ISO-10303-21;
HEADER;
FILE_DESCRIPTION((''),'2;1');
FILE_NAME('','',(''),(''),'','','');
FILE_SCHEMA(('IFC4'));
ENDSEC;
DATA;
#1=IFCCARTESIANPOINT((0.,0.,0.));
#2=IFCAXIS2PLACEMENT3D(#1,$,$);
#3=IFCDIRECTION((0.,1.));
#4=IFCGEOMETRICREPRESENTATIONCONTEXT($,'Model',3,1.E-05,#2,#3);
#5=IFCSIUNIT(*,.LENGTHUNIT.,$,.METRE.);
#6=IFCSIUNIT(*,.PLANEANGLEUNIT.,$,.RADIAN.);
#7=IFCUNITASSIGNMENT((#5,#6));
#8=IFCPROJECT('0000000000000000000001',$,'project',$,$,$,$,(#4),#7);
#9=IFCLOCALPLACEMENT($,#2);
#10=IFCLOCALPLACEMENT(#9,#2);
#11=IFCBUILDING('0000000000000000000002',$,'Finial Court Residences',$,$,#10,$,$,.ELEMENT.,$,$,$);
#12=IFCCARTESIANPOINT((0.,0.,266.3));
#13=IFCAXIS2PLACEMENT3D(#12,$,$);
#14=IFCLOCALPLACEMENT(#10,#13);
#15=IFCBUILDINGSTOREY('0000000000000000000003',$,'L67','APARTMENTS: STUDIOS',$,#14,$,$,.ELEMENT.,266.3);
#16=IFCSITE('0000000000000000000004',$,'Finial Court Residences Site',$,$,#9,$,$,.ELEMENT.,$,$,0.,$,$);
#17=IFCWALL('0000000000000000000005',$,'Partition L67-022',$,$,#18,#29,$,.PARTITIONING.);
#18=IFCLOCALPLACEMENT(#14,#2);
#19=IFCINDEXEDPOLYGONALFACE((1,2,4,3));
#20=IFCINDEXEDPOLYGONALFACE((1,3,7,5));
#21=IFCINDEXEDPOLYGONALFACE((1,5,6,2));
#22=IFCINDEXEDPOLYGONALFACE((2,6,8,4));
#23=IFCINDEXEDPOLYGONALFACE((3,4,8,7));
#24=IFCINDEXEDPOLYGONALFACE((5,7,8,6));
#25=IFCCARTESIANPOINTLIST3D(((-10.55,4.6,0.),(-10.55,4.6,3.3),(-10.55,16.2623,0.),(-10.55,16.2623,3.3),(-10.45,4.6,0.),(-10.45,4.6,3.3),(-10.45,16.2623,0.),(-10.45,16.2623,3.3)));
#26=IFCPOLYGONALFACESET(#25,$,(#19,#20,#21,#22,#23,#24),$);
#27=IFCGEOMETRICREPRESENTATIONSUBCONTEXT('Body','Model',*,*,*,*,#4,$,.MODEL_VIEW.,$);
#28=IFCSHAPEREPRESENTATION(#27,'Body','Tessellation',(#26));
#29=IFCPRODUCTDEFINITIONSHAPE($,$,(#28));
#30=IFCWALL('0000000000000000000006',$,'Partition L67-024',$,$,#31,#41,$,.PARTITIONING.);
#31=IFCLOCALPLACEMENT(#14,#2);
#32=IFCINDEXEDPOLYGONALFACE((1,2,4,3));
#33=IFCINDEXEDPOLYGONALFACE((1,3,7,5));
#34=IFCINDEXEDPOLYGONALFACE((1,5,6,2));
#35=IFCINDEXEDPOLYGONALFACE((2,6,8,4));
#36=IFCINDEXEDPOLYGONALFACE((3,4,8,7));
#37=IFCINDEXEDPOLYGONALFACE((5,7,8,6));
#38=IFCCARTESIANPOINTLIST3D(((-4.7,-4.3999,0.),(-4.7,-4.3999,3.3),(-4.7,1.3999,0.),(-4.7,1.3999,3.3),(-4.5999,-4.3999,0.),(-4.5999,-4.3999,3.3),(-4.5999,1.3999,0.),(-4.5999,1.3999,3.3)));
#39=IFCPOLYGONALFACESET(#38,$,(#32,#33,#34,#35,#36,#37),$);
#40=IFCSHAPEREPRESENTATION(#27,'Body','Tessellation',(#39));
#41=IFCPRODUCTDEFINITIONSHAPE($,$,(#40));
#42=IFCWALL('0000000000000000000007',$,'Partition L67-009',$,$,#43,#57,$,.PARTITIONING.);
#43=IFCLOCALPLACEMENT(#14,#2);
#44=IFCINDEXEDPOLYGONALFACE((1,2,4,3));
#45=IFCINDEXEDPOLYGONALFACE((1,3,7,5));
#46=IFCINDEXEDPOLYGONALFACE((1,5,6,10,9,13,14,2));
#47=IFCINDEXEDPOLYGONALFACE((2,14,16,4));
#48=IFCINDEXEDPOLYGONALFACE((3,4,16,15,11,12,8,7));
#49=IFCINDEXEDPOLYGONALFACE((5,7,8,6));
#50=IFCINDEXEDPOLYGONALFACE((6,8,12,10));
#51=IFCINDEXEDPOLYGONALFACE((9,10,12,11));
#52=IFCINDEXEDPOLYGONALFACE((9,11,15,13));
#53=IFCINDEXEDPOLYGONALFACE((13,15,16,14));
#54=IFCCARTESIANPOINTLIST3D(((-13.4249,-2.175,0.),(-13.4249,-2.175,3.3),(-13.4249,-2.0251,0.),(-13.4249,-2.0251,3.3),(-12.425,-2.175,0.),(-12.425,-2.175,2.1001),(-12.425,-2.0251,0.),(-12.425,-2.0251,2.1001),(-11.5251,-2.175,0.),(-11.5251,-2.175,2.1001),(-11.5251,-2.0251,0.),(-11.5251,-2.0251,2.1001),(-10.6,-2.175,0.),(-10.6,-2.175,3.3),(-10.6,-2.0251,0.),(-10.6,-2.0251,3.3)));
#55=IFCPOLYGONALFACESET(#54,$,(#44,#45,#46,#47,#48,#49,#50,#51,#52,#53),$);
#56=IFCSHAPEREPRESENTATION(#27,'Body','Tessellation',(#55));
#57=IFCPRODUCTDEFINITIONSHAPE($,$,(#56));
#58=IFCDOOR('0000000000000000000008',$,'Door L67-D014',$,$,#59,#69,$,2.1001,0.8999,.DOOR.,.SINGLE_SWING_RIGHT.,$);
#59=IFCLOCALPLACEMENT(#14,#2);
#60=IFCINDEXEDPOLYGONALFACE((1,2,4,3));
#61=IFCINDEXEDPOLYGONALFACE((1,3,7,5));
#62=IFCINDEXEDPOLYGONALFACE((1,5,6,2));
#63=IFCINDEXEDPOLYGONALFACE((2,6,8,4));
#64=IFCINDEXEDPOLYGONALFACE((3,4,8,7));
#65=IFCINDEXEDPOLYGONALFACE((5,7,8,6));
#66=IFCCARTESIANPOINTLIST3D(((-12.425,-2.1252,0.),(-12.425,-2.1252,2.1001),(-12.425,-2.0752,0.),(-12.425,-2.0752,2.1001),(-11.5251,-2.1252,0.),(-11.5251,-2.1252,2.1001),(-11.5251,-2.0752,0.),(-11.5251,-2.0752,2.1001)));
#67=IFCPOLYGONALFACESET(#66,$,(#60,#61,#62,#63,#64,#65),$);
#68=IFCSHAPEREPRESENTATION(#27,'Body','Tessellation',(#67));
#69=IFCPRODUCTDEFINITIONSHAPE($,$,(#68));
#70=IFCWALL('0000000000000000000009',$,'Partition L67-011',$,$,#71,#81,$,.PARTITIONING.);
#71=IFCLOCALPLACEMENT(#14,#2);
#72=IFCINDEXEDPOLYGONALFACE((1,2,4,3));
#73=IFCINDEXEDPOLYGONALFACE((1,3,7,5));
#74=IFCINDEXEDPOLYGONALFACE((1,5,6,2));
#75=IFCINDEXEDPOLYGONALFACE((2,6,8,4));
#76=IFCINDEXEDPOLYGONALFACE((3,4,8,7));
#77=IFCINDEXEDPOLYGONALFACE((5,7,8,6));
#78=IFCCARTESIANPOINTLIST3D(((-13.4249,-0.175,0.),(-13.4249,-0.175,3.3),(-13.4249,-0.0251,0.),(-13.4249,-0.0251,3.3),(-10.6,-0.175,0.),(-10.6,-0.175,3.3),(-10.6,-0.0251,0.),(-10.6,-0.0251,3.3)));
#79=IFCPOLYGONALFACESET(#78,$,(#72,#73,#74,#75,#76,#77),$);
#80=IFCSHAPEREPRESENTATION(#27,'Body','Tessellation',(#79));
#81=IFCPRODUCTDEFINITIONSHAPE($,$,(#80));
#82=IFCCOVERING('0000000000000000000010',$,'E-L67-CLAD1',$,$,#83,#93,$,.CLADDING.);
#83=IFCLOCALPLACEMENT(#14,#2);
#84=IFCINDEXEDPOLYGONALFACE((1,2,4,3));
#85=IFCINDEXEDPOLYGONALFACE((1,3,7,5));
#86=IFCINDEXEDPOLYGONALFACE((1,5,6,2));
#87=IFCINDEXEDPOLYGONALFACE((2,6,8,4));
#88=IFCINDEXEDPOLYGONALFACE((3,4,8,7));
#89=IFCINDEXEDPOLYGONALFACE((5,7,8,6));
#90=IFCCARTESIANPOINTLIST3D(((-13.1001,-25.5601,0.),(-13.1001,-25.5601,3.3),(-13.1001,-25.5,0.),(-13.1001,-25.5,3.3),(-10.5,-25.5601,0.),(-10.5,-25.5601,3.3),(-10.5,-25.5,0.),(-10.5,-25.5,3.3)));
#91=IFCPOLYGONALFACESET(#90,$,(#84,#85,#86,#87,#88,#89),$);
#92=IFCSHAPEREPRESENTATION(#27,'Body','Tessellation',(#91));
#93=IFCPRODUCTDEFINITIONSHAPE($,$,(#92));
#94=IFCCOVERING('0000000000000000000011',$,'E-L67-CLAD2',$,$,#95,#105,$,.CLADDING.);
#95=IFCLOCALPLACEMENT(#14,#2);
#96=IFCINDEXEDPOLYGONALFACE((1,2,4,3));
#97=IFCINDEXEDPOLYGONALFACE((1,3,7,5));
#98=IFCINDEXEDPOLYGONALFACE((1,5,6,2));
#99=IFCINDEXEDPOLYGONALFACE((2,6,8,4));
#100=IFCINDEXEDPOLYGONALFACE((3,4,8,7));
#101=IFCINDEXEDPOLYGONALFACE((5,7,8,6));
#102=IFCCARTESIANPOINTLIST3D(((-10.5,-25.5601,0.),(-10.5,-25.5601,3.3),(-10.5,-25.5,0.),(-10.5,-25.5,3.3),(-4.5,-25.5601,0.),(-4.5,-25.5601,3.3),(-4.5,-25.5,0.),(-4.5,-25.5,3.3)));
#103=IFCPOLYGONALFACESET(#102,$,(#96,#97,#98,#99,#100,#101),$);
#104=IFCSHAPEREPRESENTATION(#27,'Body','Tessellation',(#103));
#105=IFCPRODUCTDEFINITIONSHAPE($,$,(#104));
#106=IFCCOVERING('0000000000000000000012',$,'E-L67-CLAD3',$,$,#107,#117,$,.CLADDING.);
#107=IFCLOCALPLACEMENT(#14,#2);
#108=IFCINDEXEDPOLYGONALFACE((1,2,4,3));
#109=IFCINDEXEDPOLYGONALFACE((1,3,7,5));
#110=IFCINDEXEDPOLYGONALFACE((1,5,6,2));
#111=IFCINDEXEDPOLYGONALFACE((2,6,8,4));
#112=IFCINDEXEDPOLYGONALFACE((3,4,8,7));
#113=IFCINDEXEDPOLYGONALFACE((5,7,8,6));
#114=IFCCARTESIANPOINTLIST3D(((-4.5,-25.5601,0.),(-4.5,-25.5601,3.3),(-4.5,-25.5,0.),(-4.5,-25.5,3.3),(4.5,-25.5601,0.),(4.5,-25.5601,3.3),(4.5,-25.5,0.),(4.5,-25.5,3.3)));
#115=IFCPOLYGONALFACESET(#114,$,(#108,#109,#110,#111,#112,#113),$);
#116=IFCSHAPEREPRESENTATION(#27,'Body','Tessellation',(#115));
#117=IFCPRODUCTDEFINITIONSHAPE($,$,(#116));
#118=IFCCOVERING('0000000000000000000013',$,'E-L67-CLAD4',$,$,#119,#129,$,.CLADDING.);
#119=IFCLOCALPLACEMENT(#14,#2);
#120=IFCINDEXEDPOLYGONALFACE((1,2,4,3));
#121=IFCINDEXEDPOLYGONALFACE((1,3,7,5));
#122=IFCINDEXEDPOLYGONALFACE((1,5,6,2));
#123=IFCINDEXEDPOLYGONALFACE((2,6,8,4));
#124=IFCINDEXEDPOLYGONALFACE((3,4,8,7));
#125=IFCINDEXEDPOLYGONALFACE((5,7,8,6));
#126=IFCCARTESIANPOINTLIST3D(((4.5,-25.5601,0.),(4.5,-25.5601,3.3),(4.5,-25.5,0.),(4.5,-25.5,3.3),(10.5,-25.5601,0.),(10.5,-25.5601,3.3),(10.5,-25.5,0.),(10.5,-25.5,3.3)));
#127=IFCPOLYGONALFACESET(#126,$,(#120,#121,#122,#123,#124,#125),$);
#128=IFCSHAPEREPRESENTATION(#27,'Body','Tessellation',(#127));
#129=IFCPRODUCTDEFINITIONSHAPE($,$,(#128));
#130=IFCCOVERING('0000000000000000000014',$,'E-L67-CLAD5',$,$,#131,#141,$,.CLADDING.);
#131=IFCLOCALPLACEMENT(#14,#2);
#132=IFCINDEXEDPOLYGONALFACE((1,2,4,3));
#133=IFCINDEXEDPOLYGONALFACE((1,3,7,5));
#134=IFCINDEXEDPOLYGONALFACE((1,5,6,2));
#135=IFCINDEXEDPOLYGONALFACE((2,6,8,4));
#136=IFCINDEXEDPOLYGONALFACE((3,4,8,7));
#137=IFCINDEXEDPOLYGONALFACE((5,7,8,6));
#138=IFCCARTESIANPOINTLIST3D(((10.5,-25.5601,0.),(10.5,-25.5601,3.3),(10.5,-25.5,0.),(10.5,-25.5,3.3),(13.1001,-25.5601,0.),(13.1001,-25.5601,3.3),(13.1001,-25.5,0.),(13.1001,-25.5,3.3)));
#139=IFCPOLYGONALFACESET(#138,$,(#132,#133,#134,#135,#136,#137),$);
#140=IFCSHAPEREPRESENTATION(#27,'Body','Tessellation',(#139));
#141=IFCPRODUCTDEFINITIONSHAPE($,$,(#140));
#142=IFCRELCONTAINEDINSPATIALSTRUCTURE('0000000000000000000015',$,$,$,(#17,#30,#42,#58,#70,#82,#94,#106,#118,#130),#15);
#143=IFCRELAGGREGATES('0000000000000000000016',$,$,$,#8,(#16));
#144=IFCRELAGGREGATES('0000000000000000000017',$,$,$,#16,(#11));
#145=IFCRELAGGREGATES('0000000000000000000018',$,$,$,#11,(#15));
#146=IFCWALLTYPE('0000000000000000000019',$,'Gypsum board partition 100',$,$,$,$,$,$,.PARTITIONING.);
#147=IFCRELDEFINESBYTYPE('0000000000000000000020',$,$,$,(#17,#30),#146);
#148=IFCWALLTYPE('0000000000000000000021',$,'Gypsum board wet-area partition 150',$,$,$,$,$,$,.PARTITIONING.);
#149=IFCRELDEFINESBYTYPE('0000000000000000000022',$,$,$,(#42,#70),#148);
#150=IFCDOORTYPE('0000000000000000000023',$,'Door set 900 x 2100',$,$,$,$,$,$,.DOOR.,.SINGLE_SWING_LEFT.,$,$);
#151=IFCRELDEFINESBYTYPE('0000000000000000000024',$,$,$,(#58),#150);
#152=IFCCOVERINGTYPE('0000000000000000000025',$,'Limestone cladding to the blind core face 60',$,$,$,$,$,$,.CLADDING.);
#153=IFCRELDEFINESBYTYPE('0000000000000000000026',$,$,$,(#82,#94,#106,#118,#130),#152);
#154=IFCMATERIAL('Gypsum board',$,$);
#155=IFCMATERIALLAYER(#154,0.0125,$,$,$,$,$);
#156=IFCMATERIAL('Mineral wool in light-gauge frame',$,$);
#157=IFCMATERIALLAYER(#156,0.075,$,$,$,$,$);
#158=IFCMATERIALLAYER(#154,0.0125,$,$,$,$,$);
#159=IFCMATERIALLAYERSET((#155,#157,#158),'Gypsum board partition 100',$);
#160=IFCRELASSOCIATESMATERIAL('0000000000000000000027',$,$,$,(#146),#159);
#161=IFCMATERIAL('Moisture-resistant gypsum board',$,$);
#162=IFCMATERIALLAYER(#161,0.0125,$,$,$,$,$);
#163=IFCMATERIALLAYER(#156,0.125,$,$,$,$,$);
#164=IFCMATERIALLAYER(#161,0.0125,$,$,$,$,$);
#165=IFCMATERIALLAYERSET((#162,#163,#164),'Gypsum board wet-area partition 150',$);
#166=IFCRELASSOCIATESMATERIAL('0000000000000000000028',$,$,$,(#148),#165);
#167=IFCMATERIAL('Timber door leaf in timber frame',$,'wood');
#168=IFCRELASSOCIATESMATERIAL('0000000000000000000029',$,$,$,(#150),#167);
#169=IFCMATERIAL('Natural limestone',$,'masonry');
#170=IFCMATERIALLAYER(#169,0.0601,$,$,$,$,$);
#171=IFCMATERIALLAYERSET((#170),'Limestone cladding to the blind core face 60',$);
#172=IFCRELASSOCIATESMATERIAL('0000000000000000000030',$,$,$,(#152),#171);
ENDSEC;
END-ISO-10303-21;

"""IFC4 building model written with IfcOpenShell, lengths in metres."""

from ifc_helpers import new_model, si_unit, direction, frame, frame_2d, origin, place, context, subcontext, project, spatial, polyline, rectangle, outline, extrude, material, layer, layer_set, type_object, element, fill, save


model = new_model("IFC4")

# Units and contexts
model_context = context("Model", 3, precision=1e-05, world=origin(), true_north=direction((0.0, 1.0)))
body_context = subcontext(model_context, "Body", "Model", "MODEL_VIEW")
ifc_project = project(units=[si_unit("LENGTHUNIT", "METRE"), si_unit("PLANEANGLEUNIT", "RADIAN")], contexts=[model_context])

# Site, building, storey
site_placement = place(None, origin())
site = spatial("IfcSite", under=ifc_project, at=site_placement, Name="Finial Court Residences Site", CompositionType="ELEMENT", RefElevation=0.0)
building_placement = place(site_placement, origin())
building = spatial("IfcBuilding", under=site, at=building_placement, Name="Finial Court Residences", CompositionType="ELEMENT")
storey_placement = place(building_placement, frame((0.0, 0.0, 266.3)))
storey = spatial("IfcBuildingStorey", under=building, at=storey_placement, Name="L67", Description="APARTMENTS: STUDIOS", CompositionType="ELEMENT", Elevation=266.3)

# Walls
ifc_material_1 = material(Name="Gypsum board")
ifc_layer_1 = layer(ifc_material_1, 0.0125)
ifc_material_2 = material(Name="Mineral wool in light-gauge frame")
ifc_layer_2 = layer(ifc_material_2, 0.075)
ifc_layer_3 = layer(ifc_material_1, 0.0125)
ifc_layer_set_1 = layer_set([ifc_layer_1, ifc_layer_2, ifc_layer_3], Name="Gypsum board partition 100")
wall_type_1 = type_object("IfcWallType", Name="Gypsum board partition 100", PredefinedType="PARTITIONING", material=ifc_layer_set_1)
wall_1_placement = place(storey_placement, frame((-10.5, 4.6001, 0.0), z_axis=(0.0, 0.0, 1.0), x_axis=(0.0, 1.0, 0.0)))
element("IfcWall", 1, at=wall_1_placement, inside=storey, type_object=wall_type_1, Name="Partition L67-022", PredefinedType="PARTITIONING", context=body_context, shape_type="SweptSolid", body=[
    extrude(rectangle(XDim=11.6624, YDim=0.1001, at=frame_2d((5.8311, 0.0))), origin(), (0.0, 0.0, 1.0), 3.3),
])
wall_2_placement = place(storey_placement, frame((-4.6499, -4.3999, 0.0), z_axis=(0.0, 0.0, 1.0), x_axis=(0.0, 1.0, 0.0)))
element("IfcWall", 2, at=wall_2_placement, inside=storey, type_object=wall_type_1, Name="Partition L67-024", PredefinedType="PARTITIONING", context=body_context, shape_type="SweptSolid", body=[
    extrude(rectangle(XDim=5.7998, YDim=0.1001, at=frame_2d((2.8999, 0.0))), origin(), (0.0, 0.0, 1.0), 3.3),
])

# Wall, opening, door
ifc_material_3 = material(Name="Moisture-resistant gypsum board")
ifc_layer_4 = layer(ifc_material_3, 0.0125)
ifc_layer_5 = layer(ifc_material_2, 0.125)
ifc_layer_6 = layer(ifc_material_3, 0.0125)
ifc_layer_set_2 = layer_set([ifc_layer_4, ifc_layer_5, ifc_layer_6], Name="Gypsum board wet-area partition 150")
wall_type_2 = type_object("IfcWallType", Name="Gypsum board wet-area partition 150", PredefinedType="PARTITIONING", material=ifc_layer_set_2)
wall_3_placement = place(storey_placement, frame((-13.425, -2.1001, 0.0), z_axis=(0.0, 0.0, 1.0), x_axis=(1.0, 0.0, 0.0)))
wall_3 = element("IfcWall", 3, at=wall_3_placement, inside=storey, type_object=wall_type_2, Name="Partition L67-009", PredefinedType="PARTITIONING", context=body_context, shape_type="SweptSolid", body=[
    extrude(rectangle(XDim=2.825, YDim=0.1499, at=frame_2d((1.4126, 0.0))), origin(), (0.0, 0.0, 1.0), 3.3),
])
opening_placement = place(wall_3_placement, frame((1.0, 0.0, 0.0)))
opening = element("IfcOpeningElement", 4, at=opening_placement, cuts=wall_3, PredefinedType="OPENING", context=body_context, shape_type="SweptSolid", body=[
    extrude(rectangle(XDim=0.8999, YDim=2.1001, at=frame_2d((0.45, 1.05))), frame((0.0, 0.085, 0.0), z_axis=(0.0, -1.0, 0.0), x_axis=(1.0, 0.0, 0.0)), (0.0, 0.0, 1.0), 0.1699),
])
ifc_material_4 = material(Name="Timber door leaf in timber frame", Category="wood")
door_type = type_object("IfcDoorType", Name="Door set 900 x 2100", OperationType="SINGLE_SWING_LEFT", PredefinedType="DOOR", material=ifc_material_4)
door_placement = place(opening_placement, origin())
door = element("IfcDoor", 5, at=door_placement, inside=storey, type_object=door_type, Name="Door L67-D014", OperationType="SINGLE_SWING_RIGHT", OverallHeight=2.1001, OverallWidth=0.8999, PredefinedType="DOOR", context=body_context, shape_type="SweptSolid", body=[
    extrude(rectangle(XDim=0.8999, YDim=2.1001, at=frame_2d((0.45, 1.05))), frame((0.0, 0.0249, 0.0), z_axis=(0.0, -1.0, 0.0), x_axis=(1.0, 0.0, 0.0)), (0.0, 0.0, 1.0), 0.05),
])
fill(opening, door)

# Wall
wall_4_placement = place(storey_placement, frame((-13.425, -0.1001, 0.0), z_axis=(0.0, 0.0, 1.0), x_axis=(1.0, 0.0, 0.0)))
element("IfcWall", 6, at=wall_4_placement, inside=storey, type_object=wall_type_2, Name="Partition L67-011", PredefinedType="PARTITIONING", context=body_context, shape_type="SweptSolid", body=[
    extrude(rectangle(XDim=2.825, YDim=0.1499, at=frame_2d((1.4126, 0.0))), origin(), (0.0, 0.0, 1.0), 3.3),
])

# Coverings
ifc_material_5 = material(Name="Natural limestone", Category="masonry")
ifc_layer_7 = layer(ifc_material_5, 0.0601)
ifc_layer_set_3 = layer_set([ifc_layer_7], Name="Limestone cladding to the blind core face 60")
covering_type = type_object("IfcCoveringType", Name="Limestone cladding to the blind core face 60", PredefinedType="CLADDING", material=ifc_layer_set_3)
covering_1_placement = place(storey_placement, origin())
element("IfcCovering", 7, at=covering_1_placement, inside=storey, type_object=covering_type, Name="E-L67-CLAD1", PredefinedType="CLADDING", context=body_context, shape_type="SweptSolid", body=[
    extrude(outline(polyline([(-10.5, -25.5601), (-10.5, -25.5), (-13.1001, -25.5), (-13.1001, -25.5601), (-10.5, -25.5601)])), origin(), (0.0, 0.0, 1.0), 3.3),
])
covering_2_placement = place(storey_placement, origin())
element("IfcCovering", 8, at=covering_2_placement, inside=storey, type_object=covering_type, Name="E-L67-CLAD2", PredefinedType="CLADDING", context=body_context, shape_type="SweptSolid", body=[
    extrude(outline(polyline([(-4.5, -25.5601), (-4.5, -25.5), (-10.5, -25.5), (-10.5, -25.5601), (-4.5, -25.5601)])), origin(), (0.0, 0.0, 1.0), 3.3),
])
covering_3_placement = place(storey_placement, origin())
element("IfcCovering", 9, at=covering_3_placement, inside=storey, type_object=covering_type, Name="E-L67-CLAD3", PredefinedType="CLADDING", context=body_context, shape_type="SweptSolid", body=[
    extrude(outline(polyline([(4.5, -25.5601), (4.5, -25.5), (-4.5, -25.5), (-4.5, -25.5601), (4.5, -25.5601)])), origin(), (0.0, 0.0, 1.0), 3.3),
])
covering_4_placement = place(storey_placement, origin())
element("IfcCovering", 10, at=covering_4_placement, inside=storey, type_object=covering_type, Name="E-L67-CLAD4", PredefinedType="CLADDING", context=body_context, shape_type="SweptSolid", body=[
    extrude(outline(polyline([(10.5, -25.5601), (10.5, -25.5), (4.5, -25.5), (4.5, -25.5601), (10.5, -25.5601)])), origin(), (0.0, 0.0, 1.0), 3.3),
])
covering_5_placement = place(storey_placement, origin())
element("IfcCovering", 11, at=covering_5_placement, inside=storey, type_object=covering_type, Name="E-L67-CLAD5", PredefinedType="CLADDING", context=body_context, shape_type="SweptSolid", body=[
    extrude(outline(polyline([(13.1001, -25.5601), (13.1001, -25.5), (10.5, -25.5), (10.5, -25.5601), (13.1001, -25.5601)])), origin(), (0.0, 0.0, 1.0), 3.3),
])

save(model, "model.ifc")
